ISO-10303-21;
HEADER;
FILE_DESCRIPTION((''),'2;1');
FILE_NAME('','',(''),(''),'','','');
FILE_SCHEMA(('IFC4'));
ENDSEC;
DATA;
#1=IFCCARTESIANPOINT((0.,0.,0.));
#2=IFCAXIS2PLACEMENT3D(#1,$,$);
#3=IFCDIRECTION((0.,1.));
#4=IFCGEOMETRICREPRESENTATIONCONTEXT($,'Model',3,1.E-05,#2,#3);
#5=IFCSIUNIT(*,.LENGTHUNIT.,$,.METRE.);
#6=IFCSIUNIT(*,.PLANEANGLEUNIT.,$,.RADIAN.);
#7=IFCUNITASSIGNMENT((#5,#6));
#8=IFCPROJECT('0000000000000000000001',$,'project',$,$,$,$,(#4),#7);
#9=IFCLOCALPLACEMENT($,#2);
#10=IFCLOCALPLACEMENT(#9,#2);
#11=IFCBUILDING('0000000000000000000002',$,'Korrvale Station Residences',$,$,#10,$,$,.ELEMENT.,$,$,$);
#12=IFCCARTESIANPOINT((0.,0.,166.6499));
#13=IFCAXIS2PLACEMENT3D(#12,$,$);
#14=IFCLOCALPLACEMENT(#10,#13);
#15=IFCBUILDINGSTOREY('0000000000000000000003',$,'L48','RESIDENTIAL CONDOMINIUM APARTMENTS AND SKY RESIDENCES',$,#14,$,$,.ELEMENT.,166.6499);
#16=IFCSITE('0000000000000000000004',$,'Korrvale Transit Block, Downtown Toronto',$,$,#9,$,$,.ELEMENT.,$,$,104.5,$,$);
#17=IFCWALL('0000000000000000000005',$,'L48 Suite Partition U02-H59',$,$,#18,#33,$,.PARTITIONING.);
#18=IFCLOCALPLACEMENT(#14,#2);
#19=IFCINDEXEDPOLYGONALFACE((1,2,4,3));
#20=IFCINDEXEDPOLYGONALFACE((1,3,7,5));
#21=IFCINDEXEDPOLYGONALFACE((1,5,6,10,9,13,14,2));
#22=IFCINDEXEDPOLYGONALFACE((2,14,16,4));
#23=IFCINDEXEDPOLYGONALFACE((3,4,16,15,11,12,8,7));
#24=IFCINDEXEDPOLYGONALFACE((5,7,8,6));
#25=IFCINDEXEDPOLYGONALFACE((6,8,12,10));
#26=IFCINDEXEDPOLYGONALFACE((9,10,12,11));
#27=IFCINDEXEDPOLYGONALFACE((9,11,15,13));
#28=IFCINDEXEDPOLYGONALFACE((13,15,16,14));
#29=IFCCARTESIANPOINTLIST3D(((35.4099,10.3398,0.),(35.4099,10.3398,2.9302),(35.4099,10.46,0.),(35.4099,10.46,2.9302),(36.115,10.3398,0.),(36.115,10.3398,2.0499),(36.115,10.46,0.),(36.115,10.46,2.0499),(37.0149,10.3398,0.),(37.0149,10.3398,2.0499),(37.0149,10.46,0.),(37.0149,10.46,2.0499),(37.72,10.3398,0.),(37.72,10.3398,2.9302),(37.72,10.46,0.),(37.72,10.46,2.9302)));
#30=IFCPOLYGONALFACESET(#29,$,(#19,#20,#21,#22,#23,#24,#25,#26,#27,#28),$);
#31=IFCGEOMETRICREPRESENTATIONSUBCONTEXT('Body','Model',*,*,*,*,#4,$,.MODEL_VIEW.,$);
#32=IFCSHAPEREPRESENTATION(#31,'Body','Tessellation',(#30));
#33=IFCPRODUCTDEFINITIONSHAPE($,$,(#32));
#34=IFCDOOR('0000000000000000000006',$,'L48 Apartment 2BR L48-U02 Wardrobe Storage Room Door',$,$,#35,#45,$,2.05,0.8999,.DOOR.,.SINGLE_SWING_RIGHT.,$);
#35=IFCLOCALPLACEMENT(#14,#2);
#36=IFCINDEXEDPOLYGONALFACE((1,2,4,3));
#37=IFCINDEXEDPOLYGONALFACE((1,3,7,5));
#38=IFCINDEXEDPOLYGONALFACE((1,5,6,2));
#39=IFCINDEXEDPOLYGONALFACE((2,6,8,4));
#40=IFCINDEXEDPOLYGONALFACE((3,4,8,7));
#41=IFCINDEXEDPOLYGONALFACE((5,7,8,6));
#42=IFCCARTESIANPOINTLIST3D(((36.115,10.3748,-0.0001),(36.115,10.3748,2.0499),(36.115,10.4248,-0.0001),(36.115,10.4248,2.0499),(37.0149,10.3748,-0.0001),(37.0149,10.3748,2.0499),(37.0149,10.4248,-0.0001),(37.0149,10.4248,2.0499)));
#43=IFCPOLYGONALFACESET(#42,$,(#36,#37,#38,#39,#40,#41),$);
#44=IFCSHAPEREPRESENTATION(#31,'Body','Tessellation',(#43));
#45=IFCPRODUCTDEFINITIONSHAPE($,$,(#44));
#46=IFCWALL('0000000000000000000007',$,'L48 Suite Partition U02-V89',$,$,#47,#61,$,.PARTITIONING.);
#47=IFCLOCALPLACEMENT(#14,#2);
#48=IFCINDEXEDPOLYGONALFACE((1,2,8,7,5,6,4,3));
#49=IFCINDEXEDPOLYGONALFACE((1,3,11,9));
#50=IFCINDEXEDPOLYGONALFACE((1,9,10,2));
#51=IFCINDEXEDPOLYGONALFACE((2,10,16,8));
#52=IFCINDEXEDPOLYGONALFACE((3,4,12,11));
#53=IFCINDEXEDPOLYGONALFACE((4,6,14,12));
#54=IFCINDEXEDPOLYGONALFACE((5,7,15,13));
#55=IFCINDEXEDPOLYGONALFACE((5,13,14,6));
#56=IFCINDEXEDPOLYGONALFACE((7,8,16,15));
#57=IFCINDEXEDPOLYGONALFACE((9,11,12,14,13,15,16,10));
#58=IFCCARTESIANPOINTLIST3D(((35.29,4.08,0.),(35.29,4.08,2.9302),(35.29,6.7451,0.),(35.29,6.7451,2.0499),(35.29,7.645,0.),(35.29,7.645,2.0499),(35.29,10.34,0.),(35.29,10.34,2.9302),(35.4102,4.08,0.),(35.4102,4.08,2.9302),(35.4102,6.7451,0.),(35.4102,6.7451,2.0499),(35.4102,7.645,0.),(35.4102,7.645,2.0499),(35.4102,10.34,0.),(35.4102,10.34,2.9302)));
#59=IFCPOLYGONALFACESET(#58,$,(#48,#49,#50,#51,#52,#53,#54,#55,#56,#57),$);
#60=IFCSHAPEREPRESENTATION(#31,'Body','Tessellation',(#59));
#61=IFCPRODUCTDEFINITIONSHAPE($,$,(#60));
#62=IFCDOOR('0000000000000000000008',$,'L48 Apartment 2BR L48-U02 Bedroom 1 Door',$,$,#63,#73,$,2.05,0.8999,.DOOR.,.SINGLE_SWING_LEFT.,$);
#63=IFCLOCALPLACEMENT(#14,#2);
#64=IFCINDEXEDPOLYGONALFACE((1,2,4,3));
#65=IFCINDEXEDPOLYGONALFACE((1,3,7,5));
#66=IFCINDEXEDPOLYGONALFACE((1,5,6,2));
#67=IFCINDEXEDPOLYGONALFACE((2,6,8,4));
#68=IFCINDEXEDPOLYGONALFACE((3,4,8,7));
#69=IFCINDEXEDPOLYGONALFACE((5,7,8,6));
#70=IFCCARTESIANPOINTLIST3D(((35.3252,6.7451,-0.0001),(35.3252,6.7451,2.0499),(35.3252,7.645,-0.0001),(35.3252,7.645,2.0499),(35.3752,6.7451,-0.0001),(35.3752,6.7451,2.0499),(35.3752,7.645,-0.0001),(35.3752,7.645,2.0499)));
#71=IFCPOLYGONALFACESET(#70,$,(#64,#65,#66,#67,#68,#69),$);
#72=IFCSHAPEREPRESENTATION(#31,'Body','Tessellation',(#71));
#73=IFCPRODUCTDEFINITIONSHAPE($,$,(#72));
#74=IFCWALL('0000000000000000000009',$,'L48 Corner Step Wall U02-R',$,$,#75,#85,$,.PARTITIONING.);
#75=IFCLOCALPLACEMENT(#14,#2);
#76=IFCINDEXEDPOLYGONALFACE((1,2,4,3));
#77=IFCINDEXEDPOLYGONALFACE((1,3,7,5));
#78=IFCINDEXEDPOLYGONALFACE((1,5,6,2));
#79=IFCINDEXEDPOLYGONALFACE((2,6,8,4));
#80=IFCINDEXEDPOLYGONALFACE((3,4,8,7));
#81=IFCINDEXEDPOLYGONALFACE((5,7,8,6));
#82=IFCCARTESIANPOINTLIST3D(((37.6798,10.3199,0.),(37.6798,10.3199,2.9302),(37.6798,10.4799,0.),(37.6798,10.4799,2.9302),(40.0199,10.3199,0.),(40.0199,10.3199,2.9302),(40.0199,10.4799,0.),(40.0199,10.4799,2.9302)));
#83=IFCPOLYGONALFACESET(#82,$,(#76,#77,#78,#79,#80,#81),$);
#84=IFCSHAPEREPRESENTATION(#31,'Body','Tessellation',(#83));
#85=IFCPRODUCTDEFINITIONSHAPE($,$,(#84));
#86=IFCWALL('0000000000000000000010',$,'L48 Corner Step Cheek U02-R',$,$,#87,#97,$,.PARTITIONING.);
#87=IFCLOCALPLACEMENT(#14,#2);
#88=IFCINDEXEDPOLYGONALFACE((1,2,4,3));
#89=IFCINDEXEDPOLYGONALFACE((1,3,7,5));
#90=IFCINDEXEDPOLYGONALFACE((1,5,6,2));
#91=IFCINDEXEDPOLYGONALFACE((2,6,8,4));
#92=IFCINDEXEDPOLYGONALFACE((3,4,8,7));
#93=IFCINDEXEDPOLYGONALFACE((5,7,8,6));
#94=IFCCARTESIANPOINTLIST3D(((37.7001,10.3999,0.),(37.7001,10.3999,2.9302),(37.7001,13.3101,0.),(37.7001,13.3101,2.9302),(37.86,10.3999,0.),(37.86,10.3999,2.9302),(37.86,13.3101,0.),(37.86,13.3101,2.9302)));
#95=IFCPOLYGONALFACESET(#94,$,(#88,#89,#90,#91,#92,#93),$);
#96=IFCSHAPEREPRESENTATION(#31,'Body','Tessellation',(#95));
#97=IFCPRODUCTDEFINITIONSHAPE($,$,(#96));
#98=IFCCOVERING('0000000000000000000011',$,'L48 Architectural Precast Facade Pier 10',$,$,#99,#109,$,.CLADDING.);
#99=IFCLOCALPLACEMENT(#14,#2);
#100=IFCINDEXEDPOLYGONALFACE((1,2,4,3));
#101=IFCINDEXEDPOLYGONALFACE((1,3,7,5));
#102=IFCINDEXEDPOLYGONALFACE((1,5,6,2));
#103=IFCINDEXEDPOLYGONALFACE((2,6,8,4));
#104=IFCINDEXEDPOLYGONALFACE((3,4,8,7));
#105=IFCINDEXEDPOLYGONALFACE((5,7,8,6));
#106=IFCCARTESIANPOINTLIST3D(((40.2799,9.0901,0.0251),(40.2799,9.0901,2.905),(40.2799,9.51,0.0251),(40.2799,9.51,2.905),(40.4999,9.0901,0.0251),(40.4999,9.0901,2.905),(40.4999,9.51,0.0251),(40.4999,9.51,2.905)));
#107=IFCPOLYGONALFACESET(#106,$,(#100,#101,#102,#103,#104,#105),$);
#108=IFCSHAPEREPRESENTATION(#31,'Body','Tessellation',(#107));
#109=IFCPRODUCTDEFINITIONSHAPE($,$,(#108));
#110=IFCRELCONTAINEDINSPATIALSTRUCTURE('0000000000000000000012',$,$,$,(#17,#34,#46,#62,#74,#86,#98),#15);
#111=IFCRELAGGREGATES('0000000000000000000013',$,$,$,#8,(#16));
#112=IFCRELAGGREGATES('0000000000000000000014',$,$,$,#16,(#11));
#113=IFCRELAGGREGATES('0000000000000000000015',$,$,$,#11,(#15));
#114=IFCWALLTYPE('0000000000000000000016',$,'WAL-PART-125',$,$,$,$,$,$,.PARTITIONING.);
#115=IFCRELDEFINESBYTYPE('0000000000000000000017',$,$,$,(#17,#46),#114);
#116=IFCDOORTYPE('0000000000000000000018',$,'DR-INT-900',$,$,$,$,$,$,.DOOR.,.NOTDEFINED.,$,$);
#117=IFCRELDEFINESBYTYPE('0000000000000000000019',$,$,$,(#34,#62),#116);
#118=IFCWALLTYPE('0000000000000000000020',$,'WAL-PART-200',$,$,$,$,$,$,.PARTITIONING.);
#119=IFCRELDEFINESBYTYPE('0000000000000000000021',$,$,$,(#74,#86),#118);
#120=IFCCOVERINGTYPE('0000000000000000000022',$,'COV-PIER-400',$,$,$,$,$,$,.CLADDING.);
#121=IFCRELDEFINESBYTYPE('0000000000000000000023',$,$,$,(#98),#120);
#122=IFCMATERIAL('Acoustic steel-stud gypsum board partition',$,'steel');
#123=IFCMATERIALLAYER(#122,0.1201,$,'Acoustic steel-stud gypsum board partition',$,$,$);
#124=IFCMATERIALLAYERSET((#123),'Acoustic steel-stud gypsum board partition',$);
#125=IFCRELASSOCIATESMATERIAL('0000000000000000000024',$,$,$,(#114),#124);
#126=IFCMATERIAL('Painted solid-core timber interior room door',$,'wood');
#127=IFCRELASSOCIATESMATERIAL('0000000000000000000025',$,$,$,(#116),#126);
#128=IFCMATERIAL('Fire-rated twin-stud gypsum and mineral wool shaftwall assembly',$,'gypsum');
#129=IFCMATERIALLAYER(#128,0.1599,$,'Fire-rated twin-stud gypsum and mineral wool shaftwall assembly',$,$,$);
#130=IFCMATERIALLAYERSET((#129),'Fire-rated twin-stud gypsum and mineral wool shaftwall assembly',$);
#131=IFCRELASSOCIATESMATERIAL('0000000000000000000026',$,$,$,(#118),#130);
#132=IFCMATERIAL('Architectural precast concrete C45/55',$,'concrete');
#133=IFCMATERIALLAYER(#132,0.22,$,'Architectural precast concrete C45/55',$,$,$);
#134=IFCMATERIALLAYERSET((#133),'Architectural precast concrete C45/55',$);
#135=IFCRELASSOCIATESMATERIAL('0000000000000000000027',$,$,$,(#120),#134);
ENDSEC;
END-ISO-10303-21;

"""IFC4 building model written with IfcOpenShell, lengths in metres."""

from ifc_helpers import new_model, si_unit, direction, frame, frame_2d, origin, origin_2d, place, context, subcontext, project, spatial, rectangle, extrude, material, layer, layer_set, type_object, element, fill, save


model = new_model("IFC4")

# Units and contexts
model_context = context("Model", 3, precision=1e-05, world=origin(), true_north=direction((0.0, 1.0)))
body_context = subcontext(model_context, "Body", "Model", "MODEL_VIEW")
ifc_project = project(units=[si_unit("LENGTHUNIT", "METRE"), si_unit("PLANEANGLEUNIT", "RADIAN")], contexts=[model_context])

# Site, building, storey
site_placement = place(None, origin())
site = spatial("IfcSite", under=ifc_project, at=site_placement, Name="Korrvale Transit Block, Downtown Toronto", CompositionType="ELEMENT", RefElevation=104.5)
building_placement = place(site_placement, origin())
building = spatial("IfcBuilding", under=site, at=building_placement, Name="Korrvale Station Residences", CompositionType="ELEMENT")
storey_placement = place(building_placement, frame((0.0, 0.0, 166.6499)))
storey = spatial("IfcBuildingStorey", under=building, at=storey_placement, Name="L48", Description="RESIDENTIAL CONDOMINIUM APARTMENTS AND SKY RESIDENCES", CompositionType="ELEMENT", Elevation=166.6499)

# Shared definitions
ifc_material_1 = material(Name="Acoustic steel-stud gypsum board partition", Category="steel")
ifc_layer_1 = layer(ifc_material_1, 0.1201, Name="Acoustic steel-stud gypsum board partition")
ifc_layer_set_1 = layer_set([ifc_layer_1], Name="Acoustic steel-stud gypsum board partition")
wall_type_1 = type_object("IfcWallType", Name="WAL-PART-125", PredefinedType="PARTITIONING", material=ifc_layer_set_1)

# Walls, openings, doors
wall_1_placement = place(storey_placement, frame((35.4099, 10.3999, 0.0), z_axis=(0.0, 0.0, 1.0), x_axis=(1.0, 0.0, 0.0)))
wall_1 = element("IfcWall", 1, at=wall_1_placement, inside=storey, type_object=wall_type_1, Name="L48 Suite Partition U02-H59", PredefinedType="PARTITIONING", context=body_context, shape_type="SweptSolid", body=[
    extrude(rectangle(XDim=2.3101, YDim=0.1201, at=frame_2d((1.155, 0.0))), origin(), (0.0, 0.0, 1.0), 2.9302),
])
opening_1_placement = place(wall_1_placement, frame((0.7051, 0.0, 0.0)))
opening_1 = element("IfcOpeningElement", 2, at=opening_1_placement, cuts=wall_1, PredefinedType="OPENING", context=body_context, shape_type="SweptSolid", body=[
    extrude(rectangle(XDim=0.8999, YDim=2.05, at=frame_2d((0.45, 1.0249))), frame((0.0, 0.0701, 0.0), z_axis=(0.0, -1.0, 0.0), x_axis=(1.0, 0.0, 0.0)), (0.0, 0.0, 1.0), 0.1401),
])
ifc_material_2 = material(Name="Painted solid-core timber interior room door", Category="wood")
door_type = type_object("IfcDoorType", Name="DR-INT-900", OperationType="NOTDEFINED", PredefinedType="DOOR", material=ifc_material_2)
door_1_placement = place(opening_1_placement, origin())
door_1 = element("IfcDoor", 3, at=door_1_placement, inside=storey, type_object=door_type, Name="L48 Apartment 2BR L48-U02 Wardrobe Storage Room Door", OperationType="SINGLE_SWING_RIGHT", OverallHeight=2.05, OverallWidth=0.8999, PredefinedType="DOOR", context=body_context, shape_type="SweptSolid", body=[
    extrude(rectangle(XDim=0.8999, YDim=2.05, at=frame_2d((0.45, 1.0249))), frame((0.0, 0.0249, 0.0), z_axis=(0.0, -1.0, 0.0), x_axis=(1.0, 0.0, 0.0)), (0.0, 0.0, 1.0), 0.05),
])
fill(opening_1, door_1)
wall_2_placement = place(storey_placement, frame((35.3501, 4.0801, 0.0), z_axis=(0.0, 0.0, 1.0), x_axis=(0.0, 1.0, 0.0)))
wall_2 = element("IfcWall", 4, at=wall_2_placement, inside=storey, type_object=wall_type_1, Name="L48 Suite Partition U02-V89", PredefinedType="PARTITIONING", context=body_context, shape_type="SweptSolid", body=[
    extrude(rectangle(XDim=6.26, YDim=0.1201, at=frame_2d((3.1299, 0.0))), origin(), (0.0, 0.0, 1.0), 2.9302),
])
opening_2_placement = place(wall_2_placement, frame((2.665, 0.0, 0.0)))
opening_2 = element("IfcOpeningElement", 5, at=opening_2_placement, cuts=wall_2, PredefinedType="OPENING", context=body_context, shape_type="SweptSolid", body=[
    extrude(rectangle(XDim=0.8999, YDim=2.05, at=frame_2d((0.45, 1.0249))), frame((0.0, 0.0701, 0.0), z_axis=(0.0, -1.0, 0.0), x_axis=(1.0, 0.0, 0.0)), (0.0, 0.0, 1.0), 0.1401),
])
door_2_placement = place(opening_2_placement, origin())
door_2 = element("IfcDoor", 6, at=door_2_placement, inside=storey, type_object=door_type, Name="L48 Apartment 2BR L48-U02 Bedroom 1 Door", OperationType="SINGLE_SWING_LEFT", OverallHeight=2.05, OverallWidth=0.8999, PredefinedType="DOOR", context=body_context, shape_type="SweptSolid", body=[
    extrude(rectangle(XDim=0.8999, YDim=2.05, at=frame_2d((0.45, 1.0249))), frame((0.0, 0.0249, 0.0), z_axis=(0.0, -1.0, 0.0), x_axis=(1.0, 0.0, 0.0)), (0.0, 0.0, 1.0), 0.05),
])
fill(opening_2, door_2)

# Walls
ifc_material_3 = material(Name="Fire-rated twin-stud gypsum and mineral wool shaftwall assembly", Category="gypsum")
ifc_layer_2 = layer(ifc_material_3, 0.1599, Name="Fire-rated twin-stud gypsum and mineral wool shaftwall assembly")
ifc_layer_set_2 = layer_set([ifc_layer_2], Name="Fire-rated twin-stud gypsum and mineral wool shaftwall assembly")
wall_type_2 = type_object("IfcWallType", Name="WAL-PART-200", PredefinedType="PARTITIONING", material=ifc_layer_set_2)
wall_3_placement = place(storey_placement, frame((37.6799, 10.3999, 0.0), z_axis=(0.0, 0.0, 1.0), x_axis=(1.0, 0.0, 0.0)))
element("IfcWall", 7, at=wall_3_placement, inside=storey, type_object=wall_type_2, Name="L48 Corner Step Wall U02-R", PredefinedType="PARTITIONING", context=body_context, shape_type="SweptSolid", body=[
    extrude(rectangle(XDim=2.3401, YDim=0.1599, at=frame_2d((1.1699, 0.0))), origin(), (0.0, 0.0, 1.0), 2.9302),
])
wall_4_placement = place(storey_placement, frame((37.78, 10.3999, 0.0), z_axis=(0.0, 0.0, 1.0), x_axis=(0.0, 1.0, 0.0)))
element("IfcWall", 8, at=wall_4_placement, inside=storey, type_object=wall_type_2, Name="L48 Corner Step Cheek U02-R", PredefinedType="PARTITIONING", context=body_context, shape_type="SweptSolid", body=[
    extrude(rectangle(XDim=2.9102, YDim=0.1599, at=frame_2d((1.4551, 0.0))), origin(), (0.0, 0.0, 1.0), 2.9302),
])

# Covering
ifc_material_4 = material(Name="Architectural precast concrete C45/55", Category="concrete")
ifc_layer_3 = layer(ifc_material_4, 0.22, Name="Architectural precast concrete C45/55")
ifc_layer_set_3 = layer_set([ifc_layer_3], Name="Architectural precast concrete C45/55")
covering_type = type_object("IfcCoveringType", Name="COV-PIER-400", PredefinedType="CLADDING", material=ifc_layer_set_3)
covering_placement = place(storey_placement, frame((40.3899, 9.3, 0.0251), z_axis=(0.0, 0.0, 1.0), x_axis=(0.0, 1.0, 0.0)))
element("IfcCovering", 9, at=covering_placement, inside=storey, type_object=covering_type, Name="L48 Architectural Precast Facade Pier 10", PredefinedType="CLADDING", context=body_context, shape_type="SweptSolid", body=[
    extrude(rectangle(XDim=0.4199, YDim=0.22, at=origin_2d()), origin(), (0.0, 0.0, 1.0), 2.8799),
])

save(model, "model.ifc")
